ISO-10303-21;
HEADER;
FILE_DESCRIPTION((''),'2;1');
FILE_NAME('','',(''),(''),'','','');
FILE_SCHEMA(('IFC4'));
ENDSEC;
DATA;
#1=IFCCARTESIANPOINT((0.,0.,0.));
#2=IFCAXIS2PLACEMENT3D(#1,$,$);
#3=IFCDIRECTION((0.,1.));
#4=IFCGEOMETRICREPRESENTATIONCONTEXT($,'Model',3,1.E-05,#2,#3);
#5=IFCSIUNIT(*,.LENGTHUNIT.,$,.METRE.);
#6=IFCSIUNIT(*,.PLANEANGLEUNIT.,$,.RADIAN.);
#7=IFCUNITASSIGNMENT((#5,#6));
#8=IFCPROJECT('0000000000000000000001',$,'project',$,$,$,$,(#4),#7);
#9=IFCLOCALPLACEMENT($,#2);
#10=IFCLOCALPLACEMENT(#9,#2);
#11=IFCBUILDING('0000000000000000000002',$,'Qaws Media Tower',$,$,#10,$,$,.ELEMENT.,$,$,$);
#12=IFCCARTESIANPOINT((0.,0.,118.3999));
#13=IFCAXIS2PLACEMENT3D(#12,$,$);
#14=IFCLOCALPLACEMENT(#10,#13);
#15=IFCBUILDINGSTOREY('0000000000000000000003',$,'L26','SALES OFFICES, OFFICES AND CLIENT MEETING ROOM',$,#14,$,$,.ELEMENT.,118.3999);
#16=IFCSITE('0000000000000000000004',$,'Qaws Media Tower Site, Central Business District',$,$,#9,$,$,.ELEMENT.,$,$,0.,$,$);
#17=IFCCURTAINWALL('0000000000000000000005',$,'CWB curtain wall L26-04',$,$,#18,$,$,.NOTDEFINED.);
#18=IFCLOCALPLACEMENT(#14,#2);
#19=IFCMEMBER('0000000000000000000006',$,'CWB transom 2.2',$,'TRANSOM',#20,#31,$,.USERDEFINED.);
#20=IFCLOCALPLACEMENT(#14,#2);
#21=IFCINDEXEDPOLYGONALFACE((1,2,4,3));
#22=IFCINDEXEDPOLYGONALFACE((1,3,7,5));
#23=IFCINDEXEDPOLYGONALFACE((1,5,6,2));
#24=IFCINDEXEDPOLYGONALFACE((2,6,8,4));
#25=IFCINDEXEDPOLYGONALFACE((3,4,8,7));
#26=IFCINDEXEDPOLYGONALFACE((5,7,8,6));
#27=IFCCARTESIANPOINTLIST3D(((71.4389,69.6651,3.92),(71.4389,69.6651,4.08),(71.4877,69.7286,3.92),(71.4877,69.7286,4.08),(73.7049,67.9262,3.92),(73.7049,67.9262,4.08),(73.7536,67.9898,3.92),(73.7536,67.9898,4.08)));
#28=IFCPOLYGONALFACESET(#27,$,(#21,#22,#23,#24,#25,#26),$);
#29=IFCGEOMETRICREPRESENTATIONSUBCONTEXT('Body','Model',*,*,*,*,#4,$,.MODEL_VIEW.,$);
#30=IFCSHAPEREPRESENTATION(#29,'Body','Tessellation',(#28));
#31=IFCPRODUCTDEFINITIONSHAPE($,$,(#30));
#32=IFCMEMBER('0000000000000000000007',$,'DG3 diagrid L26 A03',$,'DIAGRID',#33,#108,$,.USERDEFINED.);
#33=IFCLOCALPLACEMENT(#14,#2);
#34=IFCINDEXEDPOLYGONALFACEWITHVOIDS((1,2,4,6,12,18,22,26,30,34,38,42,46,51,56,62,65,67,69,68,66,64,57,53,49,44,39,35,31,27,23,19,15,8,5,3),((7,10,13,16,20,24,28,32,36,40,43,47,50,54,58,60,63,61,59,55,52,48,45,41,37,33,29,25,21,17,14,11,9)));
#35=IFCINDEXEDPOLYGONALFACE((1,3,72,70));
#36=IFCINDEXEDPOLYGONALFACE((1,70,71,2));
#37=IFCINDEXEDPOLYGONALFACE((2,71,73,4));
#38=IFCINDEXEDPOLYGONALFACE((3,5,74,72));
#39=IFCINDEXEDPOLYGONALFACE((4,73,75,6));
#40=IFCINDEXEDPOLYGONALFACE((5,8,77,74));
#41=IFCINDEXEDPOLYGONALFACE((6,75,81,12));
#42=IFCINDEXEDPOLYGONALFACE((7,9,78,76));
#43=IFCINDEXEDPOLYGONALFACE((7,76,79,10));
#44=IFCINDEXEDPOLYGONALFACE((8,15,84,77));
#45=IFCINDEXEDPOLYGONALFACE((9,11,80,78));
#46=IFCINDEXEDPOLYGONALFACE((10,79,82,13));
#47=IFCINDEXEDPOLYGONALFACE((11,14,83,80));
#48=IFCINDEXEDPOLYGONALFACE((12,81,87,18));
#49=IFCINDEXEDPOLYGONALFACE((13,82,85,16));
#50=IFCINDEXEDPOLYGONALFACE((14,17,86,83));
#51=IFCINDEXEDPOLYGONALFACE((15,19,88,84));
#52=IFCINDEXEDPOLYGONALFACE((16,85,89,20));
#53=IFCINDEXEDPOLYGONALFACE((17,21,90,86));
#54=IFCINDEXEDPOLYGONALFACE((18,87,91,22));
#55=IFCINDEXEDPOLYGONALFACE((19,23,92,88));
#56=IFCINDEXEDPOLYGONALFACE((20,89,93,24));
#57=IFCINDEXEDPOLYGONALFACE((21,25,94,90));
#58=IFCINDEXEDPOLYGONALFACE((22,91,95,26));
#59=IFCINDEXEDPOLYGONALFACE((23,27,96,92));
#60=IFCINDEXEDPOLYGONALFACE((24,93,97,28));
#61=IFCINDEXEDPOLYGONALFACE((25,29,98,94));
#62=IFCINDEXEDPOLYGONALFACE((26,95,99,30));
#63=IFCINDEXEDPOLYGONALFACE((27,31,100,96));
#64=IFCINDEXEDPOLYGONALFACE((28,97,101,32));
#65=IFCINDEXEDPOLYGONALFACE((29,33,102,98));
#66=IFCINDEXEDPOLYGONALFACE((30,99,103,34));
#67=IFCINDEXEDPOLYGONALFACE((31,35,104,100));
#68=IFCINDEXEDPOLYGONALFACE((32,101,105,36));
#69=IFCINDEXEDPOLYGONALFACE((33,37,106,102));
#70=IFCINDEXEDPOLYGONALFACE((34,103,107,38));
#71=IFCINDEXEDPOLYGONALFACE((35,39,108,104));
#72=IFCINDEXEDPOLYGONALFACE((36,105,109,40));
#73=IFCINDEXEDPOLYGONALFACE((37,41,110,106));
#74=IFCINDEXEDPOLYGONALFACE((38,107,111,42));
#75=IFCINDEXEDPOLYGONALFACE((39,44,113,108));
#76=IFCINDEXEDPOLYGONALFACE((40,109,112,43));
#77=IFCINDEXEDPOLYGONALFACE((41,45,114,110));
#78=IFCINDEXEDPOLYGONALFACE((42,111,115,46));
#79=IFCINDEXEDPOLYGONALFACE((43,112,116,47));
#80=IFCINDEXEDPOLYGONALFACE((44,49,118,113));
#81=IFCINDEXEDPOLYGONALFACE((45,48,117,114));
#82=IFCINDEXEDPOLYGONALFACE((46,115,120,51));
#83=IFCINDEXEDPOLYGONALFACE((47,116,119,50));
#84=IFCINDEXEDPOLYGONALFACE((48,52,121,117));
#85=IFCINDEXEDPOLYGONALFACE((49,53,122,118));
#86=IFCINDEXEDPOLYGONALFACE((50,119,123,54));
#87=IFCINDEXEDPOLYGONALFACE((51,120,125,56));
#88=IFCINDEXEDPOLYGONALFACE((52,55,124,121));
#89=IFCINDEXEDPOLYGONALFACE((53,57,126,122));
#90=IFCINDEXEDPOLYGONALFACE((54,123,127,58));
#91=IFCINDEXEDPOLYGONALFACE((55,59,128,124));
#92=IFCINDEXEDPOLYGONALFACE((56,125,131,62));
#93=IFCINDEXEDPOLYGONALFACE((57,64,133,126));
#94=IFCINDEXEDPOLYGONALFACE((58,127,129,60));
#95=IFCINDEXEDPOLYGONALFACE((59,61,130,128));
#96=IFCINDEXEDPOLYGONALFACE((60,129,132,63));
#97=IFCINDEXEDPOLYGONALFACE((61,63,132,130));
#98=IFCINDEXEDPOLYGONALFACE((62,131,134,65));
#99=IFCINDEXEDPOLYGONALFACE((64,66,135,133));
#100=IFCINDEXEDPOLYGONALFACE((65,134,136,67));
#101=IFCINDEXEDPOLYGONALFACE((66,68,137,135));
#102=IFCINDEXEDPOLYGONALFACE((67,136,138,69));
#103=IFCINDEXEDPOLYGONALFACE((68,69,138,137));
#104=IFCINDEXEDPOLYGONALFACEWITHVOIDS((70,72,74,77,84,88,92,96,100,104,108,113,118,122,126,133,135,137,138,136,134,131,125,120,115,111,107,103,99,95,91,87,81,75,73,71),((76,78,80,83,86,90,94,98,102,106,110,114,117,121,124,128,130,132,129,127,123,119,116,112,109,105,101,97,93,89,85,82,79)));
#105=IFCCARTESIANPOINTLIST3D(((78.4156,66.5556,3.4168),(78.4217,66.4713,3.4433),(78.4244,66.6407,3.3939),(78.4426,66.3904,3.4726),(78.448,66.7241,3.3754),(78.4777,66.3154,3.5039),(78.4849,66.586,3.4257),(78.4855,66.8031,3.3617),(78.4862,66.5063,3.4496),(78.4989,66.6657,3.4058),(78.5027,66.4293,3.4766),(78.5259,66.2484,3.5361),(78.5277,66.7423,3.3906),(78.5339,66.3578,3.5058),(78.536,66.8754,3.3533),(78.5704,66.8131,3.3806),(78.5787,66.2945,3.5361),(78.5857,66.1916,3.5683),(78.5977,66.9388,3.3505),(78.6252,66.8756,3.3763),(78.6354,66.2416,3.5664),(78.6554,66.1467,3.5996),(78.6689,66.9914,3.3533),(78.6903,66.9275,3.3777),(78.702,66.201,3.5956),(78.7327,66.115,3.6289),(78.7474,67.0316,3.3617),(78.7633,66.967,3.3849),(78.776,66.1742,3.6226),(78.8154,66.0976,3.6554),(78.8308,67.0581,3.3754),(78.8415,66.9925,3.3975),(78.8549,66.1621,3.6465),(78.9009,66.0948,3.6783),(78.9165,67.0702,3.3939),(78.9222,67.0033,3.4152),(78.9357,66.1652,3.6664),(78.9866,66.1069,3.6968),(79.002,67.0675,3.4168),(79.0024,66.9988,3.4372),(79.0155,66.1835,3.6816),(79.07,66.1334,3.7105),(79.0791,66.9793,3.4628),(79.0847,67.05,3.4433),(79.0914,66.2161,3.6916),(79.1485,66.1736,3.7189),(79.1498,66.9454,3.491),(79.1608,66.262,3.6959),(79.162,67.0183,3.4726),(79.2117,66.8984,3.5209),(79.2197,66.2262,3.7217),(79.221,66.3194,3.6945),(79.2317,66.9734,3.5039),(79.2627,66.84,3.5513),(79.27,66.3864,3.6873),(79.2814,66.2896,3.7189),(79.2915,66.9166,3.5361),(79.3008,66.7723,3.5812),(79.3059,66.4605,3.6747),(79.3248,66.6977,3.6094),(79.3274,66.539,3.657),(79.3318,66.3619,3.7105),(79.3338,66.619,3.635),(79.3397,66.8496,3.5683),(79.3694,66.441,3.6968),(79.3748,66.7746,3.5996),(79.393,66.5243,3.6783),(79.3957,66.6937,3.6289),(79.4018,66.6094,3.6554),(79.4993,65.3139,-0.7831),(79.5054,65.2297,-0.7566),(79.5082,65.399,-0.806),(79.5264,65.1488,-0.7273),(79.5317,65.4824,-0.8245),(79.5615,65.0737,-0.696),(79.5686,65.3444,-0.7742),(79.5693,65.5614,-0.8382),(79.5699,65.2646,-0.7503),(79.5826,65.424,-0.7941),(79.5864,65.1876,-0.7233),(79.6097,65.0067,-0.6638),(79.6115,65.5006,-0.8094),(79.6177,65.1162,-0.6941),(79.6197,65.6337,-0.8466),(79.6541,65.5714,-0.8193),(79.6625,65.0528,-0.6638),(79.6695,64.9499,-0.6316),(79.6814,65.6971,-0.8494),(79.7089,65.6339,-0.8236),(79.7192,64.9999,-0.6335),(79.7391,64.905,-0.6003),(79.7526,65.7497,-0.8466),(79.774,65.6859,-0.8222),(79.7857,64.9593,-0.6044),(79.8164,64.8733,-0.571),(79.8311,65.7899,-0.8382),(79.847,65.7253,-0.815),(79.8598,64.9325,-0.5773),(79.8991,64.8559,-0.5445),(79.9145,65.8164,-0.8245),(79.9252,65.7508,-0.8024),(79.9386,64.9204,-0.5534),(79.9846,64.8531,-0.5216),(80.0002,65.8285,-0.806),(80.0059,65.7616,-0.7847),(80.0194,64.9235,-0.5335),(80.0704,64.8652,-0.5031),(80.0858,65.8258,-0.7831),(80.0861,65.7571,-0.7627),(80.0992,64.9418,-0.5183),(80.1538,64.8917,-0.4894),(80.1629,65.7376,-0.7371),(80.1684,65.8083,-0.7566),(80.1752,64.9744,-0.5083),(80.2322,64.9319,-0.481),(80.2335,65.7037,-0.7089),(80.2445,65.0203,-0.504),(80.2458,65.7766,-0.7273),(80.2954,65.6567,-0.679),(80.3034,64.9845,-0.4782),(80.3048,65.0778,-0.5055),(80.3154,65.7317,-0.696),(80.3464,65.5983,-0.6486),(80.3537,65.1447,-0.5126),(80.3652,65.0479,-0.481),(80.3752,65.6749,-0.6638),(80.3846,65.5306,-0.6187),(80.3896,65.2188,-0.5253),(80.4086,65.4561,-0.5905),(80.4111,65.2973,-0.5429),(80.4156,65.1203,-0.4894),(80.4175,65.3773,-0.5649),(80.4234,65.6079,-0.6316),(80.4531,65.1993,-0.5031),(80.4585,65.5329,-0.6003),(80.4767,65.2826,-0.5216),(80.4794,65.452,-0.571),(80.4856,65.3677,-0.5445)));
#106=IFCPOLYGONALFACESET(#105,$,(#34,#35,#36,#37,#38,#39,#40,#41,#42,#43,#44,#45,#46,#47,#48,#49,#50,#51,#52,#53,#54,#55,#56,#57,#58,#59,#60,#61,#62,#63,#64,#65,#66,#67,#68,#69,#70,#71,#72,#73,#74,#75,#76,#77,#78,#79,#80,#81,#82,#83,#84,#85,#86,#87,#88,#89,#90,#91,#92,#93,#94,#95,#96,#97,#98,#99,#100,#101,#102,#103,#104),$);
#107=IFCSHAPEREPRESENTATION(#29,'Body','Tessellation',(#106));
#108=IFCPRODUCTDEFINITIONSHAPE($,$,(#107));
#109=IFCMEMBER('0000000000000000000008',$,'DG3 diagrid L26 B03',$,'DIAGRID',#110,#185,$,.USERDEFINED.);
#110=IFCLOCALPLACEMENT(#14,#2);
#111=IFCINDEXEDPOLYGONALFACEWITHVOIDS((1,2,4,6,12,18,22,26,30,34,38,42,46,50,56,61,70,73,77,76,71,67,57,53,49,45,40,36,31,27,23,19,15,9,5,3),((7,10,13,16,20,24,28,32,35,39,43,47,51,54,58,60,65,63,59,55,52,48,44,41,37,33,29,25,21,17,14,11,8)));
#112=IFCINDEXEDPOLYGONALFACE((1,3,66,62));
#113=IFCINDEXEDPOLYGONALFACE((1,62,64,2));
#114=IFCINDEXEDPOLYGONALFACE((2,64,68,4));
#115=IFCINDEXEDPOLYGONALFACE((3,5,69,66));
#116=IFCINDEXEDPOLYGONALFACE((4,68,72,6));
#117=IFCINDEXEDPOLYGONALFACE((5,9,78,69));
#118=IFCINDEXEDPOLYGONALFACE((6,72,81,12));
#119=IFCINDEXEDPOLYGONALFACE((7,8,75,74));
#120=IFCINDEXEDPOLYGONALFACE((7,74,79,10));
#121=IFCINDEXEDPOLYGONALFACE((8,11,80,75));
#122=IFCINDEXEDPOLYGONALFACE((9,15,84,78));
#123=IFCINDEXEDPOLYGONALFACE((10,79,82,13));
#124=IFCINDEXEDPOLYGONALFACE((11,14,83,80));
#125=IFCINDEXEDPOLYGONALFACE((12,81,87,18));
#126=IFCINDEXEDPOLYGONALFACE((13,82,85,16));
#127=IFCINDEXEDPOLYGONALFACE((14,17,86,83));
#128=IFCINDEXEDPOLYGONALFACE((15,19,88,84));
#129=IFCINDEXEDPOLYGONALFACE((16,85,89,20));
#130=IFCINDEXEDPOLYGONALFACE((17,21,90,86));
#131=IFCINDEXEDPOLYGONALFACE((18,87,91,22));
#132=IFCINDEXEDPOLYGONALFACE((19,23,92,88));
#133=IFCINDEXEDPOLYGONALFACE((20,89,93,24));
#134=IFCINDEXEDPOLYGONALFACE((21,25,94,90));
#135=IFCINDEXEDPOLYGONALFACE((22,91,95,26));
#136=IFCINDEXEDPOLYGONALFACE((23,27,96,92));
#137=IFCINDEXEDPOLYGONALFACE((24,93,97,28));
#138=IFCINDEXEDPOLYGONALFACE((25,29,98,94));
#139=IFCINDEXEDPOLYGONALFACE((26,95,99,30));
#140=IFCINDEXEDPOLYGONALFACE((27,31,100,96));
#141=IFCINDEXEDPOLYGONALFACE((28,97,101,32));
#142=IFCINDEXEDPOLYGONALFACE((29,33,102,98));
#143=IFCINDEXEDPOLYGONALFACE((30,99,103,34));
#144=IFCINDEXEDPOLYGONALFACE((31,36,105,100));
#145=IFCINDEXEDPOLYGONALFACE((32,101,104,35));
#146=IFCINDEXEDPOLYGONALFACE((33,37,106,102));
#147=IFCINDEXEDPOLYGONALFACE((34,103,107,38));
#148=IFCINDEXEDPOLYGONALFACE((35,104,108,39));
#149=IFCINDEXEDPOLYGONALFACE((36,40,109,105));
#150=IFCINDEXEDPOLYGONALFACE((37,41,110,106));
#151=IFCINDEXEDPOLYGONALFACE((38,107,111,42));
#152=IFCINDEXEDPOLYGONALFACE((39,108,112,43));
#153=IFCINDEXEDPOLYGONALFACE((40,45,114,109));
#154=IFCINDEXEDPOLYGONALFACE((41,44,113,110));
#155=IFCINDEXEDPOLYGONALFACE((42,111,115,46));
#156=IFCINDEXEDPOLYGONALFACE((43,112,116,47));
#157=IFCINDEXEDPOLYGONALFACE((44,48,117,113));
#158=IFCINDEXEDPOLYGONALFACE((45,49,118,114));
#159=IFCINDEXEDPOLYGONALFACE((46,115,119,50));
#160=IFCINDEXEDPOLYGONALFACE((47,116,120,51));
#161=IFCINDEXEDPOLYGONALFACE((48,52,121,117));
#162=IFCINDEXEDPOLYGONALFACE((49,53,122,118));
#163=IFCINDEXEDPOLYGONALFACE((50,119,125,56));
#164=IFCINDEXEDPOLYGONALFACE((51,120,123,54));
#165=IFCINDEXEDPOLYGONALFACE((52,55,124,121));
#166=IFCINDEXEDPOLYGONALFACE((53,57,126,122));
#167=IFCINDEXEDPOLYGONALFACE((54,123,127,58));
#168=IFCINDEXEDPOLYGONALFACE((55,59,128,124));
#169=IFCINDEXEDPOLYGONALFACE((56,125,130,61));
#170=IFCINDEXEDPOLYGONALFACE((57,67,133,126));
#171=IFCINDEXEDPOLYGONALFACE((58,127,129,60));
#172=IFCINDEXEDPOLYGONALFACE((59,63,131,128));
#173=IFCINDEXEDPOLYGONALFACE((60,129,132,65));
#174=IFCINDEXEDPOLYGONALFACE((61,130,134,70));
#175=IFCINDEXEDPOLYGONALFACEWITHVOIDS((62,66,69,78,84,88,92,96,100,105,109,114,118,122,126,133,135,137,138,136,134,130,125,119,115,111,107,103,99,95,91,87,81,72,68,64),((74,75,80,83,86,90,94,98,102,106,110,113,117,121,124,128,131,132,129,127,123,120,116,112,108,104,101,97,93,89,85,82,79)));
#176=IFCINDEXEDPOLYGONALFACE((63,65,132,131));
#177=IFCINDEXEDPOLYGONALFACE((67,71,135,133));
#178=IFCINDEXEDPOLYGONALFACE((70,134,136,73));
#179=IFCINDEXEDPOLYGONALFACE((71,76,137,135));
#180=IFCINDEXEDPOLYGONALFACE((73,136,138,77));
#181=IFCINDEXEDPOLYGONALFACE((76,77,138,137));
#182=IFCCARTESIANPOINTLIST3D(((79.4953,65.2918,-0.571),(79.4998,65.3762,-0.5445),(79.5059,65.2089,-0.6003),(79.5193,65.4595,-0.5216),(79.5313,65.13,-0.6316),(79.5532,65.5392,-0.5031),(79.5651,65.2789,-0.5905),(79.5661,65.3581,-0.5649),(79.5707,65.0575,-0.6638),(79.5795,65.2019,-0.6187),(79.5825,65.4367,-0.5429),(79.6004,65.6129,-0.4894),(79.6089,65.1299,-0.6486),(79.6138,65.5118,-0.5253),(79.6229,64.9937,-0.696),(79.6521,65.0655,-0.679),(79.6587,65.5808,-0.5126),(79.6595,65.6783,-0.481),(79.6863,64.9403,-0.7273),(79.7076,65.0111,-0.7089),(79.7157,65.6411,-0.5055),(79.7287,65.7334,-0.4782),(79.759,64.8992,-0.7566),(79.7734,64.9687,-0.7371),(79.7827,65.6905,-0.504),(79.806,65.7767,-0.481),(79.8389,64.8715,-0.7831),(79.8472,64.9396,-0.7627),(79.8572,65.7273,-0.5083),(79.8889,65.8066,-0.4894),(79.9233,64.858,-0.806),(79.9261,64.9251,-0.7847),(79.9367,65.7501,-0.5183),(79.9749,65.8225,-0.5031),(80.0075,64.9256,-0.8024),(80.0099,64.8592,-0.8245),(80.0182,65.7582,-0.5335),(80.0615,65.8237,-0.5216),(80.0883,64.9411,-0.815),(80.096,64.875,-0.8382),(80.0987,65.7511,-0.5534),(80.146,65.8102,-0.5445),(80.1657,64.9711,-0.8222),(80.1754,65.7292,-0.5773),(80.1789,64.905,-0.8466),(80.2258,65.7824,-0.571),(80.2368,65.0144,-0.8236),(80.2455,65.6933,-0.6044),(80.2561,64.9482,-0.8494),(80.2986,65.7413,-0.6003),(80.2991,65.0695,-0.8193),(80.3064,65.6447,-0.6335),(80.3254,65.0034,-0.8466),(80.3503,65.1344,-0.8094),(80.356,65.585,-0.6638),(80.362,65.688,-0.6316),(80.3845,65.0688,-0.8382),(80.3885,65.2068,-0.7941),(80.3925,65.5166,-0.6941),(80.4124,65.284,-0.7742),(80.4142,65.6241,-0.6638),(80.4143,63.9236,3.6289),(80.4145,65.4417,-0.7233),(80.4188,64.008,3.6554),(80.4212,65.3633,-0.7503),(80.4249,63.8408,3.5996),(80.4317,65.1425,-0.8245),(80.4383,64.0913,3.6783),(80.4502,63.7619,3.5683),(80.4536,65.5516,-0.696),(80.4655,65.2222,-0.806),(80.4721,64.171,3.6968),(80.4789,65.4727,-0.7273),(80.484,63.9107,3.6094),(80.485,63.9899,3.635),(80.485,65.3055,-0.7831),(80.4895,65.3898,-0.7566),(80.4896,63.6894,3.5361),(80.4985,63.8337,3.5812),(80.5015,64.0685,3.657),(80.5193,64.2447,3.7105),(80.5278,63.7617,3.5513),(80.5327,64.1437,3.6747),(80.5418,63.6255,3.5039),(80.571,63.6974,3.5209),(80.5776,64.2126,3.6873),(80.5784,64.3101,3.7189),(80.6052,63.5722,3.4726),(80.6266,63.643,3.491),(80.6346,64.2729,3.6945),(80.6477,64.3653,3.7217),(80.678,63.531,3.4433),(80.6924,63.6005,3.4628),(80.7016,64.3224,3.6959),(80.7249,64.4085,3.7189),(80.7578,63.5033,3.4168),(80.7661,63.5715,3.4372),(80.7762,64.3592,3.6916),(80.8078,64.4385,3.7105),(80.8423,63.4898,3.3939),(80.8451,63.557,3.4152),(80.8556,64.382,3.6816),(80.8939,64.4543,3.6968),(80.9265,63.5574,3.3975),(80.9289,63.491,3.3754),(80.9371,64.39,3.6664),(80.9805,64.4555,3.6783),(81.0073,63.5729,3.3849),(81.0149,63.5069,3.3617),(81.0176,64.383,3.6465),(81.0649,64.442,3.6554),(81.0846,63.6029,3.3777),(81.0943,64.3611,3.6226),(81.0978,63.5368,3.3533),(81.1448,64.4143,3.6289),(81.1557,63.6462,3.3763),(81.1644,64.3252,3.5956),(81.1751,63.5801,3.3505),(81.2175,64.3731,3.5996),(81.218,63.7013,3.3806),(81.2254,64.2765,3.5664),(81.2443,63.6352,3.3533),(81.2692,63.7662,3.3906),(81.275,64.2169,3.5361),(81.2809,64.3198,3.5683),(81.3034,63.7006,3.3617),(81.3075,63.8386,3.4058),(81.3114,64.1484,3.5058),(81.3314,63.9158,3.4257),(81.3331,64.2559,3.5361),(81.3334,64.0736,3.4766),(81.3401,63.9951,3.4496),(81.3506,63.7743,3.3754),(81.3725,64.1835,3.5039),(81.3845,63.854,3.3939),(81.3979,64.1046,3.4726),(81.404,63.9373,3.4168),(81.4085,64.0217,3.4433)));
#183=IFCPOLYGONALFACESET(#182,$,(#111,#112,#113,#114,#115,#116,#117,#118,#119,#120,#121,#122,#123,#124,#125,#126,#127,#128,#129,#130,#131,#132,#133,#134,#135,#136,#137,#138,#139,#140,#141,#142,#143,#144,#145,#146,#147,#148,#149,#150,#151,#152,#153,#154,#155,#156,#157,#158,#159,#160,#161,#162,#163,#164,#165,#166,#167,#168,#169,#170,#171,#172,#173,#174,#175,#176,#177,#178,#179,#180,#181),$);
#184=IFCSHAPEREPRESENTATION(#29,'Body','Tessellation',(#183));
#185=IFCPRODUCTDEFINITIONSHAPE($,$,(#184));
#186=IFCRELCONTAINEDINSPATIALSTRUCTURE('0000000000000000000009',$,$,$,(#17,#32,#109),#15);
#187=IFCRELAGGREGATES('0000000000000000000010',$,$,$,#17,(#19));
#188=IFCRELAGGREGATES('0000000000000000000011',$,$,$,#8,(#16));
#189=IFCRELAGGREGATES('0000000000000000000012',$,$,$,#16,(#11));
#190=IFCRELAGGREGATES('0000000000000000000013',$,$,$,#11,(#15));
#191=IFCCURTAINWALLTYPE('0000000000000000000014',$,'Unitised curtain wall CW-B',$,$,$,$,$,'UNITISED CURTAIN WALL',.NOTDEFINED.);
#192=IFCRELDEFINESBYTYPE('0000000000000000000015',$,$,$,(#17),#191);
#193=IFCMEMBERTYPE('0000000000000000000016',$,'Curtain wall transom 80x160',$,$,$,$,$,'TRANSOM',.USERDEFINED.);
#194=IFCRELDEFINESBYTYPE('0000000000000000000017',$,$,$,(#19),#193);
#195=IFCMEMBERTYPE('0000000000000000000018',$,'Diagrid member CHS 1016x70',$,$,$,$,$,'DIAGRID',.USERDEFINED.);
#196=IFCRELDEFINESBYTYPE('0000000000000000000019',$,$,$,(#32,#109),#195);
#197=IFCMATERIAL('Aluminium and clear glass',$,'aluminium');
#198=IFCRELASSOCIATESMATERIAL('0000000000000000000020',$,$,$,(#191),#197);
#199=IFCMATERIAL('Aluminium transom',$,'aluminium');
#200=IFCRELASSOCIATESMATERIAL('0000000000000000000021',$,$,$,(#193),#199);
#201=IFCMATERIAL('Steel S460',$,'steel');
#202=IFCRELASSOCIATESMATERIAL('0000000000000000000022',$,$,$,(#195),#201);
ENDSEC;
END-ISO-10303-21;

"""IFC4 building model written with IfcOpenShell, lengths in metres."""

from ifc_helpers import new_model, si_unit, direction, frame, origin, origin_2d, place, context, subcontext, project, spatial, rectangle, hollow_circle, extrude, material, material_profile, profile_set, type_object, element, aggregate, save


model = new_model("IFC4")

# Units and contexts
model_context = context("Model", 3, precision=1e-05, world=origin(), true_north=direction((0.0, 1.0)))
body_context = subcontext(model_context, "Body", "Model", "MODEL_VIEW")
ifc_project = project(units=[si_unit("LENGTHUNIT", "METRE"), si_unit("PLANEANGLEUNIT", "RADIAN")], contexts=[model_context])

# Site, building, storey
site_placement = place(None, origin())
site = spatial("IfcSite", under=ifc_project, at=site_placement, Name="Qaws Media Tower Site, Central Business District", CompositionType="ELEMENT", RefElevation=0.0)
building_placement = place(site_placement, origin())
building = spatial("IfcBuilding", under=site, at=building_placement, Name="Qaws Media Tower", CompositionType="ELEMENT")
storey_placement = place(building_placement, frame((0.0, 0.0, 118.3999)))
storey = spatial("IfcBuildingStorey", under=building, at=storey_placement, Name="L26", Description="SALES OFFICES, OFFICES AND CLIENT MEETING ROOM", CompositionType="ELEMENT", Elevation=118.3999)

# Shared definitions
ifc_material_1 = material(Name="Aluminium and clear glass", Category="aluminium")
curtain_wall_type = type_object("IfcCurtainWallType", Name="Unitised curtain wall CW-B", ElementType="UNITISED CURTAIN WALL", PredefinedType="NOTDEFINED", material=ifc_material_1)

# Curtain wall
curtain_wall_1_placement = place(storey_placement, origin())
curtain_wall_1 = element("IfcCurtainWall", 1, at=curtain_wall_1_placement, inside=storey, type_object=curtain_wall_type, Name="CWB curtain wall L26-04", PredefinedType="NOTDEFINED")

# Member
ifc_material_2 = material(Name="Aluminium transom", Category="aluminium")
ifc_material_profile_1 = material_profile(ifc_material_2, rectangle(XDim=0.0801, YDim=0.1599, at=origin_2d()), Name="80x160")
ifc_profile_set_1 = profile_set([ifc_material_profile_1], Name="Aluminium transom")
member_type_1 = type_object("IfcMemberType", Name="Curtain wall transom 80x160", ElementType="TRANSOM", PredefinedType="USERDEFINED", material=ifc_profile_set_1)
member_1_placement = place(storey_placement, frame((73.7292, 67.958, 4.0), z_axis=(-0.793335, 0.608785, 0.0), x_axis=(-0.608785, -0.793335, 0.0)))
member_1 = element("IfcMember", 2, at=member_1_placement, type_object=member_type_1, Name="CWB transom 2.2", ObjectType="TRANSOM", PredefinedType="USERDEFINED", context=body_context, shape_type="SweptSolid", body=[
    extrude(rectangle(XDim=0.0801, YDim=0.1599, at=origin_2d()), origin(), (0.0, 0.0, 1.0), 2.8562),
])

# Members
ifc_material_3 = material(Name="Steel S460", Category="steel")
ifc_material_profile_2 = material_profile(ifc_material_3, hollow_circle(Radius=0.5081, WallThickness=0.0701, at=origin_2d()), Name="CHS 1016x70")
ifc_profile_set_2 = profile_set([ifc_material_profile_2], Name="Steel S460")
member_type_2 = type_object("IfcMemberType", Name="Diagrid member CHS 1016x70", ElementType="DIAGRID", PredefinedType="USERDEFINED", material=ifc_profile_set_2)
for number, where, z_axis, x_axis, name in (
    (3, (79.9924, 65.3408, -0.6638), (-0.240204, 0.275214, 0.930892), (-0.753402, -0.65756, 0.0), "DG3 diagrid L26 A03"),
    (4, (79.9924, 65.3408, -0.6638), (0.203678, -0.303244, 0.930891), (0.830131, 0.557568, 0.0), "DG3 diagrid L26 B03"),
):
    element("IfcMember", number, at=place(storey_placement, frame(where, z_axis=z_axis, x_axis=x_axis)), inside=storey, type_object=member_type_2, Name=name, ObjectType="DIAGRID", PredefinedType="USERDEFINED", context=body_context, shape_type="SweptSolid", body=[
        extrude(hollow_circle(Radius=0.5081, WallThickness=0.0701, at=origin_2d()), origin(), (0.0, 0.0, 1.0), 4.5117),
    ])

aggregate(curtain_wall_1, [member_1])

save(model, "model.ifc")
